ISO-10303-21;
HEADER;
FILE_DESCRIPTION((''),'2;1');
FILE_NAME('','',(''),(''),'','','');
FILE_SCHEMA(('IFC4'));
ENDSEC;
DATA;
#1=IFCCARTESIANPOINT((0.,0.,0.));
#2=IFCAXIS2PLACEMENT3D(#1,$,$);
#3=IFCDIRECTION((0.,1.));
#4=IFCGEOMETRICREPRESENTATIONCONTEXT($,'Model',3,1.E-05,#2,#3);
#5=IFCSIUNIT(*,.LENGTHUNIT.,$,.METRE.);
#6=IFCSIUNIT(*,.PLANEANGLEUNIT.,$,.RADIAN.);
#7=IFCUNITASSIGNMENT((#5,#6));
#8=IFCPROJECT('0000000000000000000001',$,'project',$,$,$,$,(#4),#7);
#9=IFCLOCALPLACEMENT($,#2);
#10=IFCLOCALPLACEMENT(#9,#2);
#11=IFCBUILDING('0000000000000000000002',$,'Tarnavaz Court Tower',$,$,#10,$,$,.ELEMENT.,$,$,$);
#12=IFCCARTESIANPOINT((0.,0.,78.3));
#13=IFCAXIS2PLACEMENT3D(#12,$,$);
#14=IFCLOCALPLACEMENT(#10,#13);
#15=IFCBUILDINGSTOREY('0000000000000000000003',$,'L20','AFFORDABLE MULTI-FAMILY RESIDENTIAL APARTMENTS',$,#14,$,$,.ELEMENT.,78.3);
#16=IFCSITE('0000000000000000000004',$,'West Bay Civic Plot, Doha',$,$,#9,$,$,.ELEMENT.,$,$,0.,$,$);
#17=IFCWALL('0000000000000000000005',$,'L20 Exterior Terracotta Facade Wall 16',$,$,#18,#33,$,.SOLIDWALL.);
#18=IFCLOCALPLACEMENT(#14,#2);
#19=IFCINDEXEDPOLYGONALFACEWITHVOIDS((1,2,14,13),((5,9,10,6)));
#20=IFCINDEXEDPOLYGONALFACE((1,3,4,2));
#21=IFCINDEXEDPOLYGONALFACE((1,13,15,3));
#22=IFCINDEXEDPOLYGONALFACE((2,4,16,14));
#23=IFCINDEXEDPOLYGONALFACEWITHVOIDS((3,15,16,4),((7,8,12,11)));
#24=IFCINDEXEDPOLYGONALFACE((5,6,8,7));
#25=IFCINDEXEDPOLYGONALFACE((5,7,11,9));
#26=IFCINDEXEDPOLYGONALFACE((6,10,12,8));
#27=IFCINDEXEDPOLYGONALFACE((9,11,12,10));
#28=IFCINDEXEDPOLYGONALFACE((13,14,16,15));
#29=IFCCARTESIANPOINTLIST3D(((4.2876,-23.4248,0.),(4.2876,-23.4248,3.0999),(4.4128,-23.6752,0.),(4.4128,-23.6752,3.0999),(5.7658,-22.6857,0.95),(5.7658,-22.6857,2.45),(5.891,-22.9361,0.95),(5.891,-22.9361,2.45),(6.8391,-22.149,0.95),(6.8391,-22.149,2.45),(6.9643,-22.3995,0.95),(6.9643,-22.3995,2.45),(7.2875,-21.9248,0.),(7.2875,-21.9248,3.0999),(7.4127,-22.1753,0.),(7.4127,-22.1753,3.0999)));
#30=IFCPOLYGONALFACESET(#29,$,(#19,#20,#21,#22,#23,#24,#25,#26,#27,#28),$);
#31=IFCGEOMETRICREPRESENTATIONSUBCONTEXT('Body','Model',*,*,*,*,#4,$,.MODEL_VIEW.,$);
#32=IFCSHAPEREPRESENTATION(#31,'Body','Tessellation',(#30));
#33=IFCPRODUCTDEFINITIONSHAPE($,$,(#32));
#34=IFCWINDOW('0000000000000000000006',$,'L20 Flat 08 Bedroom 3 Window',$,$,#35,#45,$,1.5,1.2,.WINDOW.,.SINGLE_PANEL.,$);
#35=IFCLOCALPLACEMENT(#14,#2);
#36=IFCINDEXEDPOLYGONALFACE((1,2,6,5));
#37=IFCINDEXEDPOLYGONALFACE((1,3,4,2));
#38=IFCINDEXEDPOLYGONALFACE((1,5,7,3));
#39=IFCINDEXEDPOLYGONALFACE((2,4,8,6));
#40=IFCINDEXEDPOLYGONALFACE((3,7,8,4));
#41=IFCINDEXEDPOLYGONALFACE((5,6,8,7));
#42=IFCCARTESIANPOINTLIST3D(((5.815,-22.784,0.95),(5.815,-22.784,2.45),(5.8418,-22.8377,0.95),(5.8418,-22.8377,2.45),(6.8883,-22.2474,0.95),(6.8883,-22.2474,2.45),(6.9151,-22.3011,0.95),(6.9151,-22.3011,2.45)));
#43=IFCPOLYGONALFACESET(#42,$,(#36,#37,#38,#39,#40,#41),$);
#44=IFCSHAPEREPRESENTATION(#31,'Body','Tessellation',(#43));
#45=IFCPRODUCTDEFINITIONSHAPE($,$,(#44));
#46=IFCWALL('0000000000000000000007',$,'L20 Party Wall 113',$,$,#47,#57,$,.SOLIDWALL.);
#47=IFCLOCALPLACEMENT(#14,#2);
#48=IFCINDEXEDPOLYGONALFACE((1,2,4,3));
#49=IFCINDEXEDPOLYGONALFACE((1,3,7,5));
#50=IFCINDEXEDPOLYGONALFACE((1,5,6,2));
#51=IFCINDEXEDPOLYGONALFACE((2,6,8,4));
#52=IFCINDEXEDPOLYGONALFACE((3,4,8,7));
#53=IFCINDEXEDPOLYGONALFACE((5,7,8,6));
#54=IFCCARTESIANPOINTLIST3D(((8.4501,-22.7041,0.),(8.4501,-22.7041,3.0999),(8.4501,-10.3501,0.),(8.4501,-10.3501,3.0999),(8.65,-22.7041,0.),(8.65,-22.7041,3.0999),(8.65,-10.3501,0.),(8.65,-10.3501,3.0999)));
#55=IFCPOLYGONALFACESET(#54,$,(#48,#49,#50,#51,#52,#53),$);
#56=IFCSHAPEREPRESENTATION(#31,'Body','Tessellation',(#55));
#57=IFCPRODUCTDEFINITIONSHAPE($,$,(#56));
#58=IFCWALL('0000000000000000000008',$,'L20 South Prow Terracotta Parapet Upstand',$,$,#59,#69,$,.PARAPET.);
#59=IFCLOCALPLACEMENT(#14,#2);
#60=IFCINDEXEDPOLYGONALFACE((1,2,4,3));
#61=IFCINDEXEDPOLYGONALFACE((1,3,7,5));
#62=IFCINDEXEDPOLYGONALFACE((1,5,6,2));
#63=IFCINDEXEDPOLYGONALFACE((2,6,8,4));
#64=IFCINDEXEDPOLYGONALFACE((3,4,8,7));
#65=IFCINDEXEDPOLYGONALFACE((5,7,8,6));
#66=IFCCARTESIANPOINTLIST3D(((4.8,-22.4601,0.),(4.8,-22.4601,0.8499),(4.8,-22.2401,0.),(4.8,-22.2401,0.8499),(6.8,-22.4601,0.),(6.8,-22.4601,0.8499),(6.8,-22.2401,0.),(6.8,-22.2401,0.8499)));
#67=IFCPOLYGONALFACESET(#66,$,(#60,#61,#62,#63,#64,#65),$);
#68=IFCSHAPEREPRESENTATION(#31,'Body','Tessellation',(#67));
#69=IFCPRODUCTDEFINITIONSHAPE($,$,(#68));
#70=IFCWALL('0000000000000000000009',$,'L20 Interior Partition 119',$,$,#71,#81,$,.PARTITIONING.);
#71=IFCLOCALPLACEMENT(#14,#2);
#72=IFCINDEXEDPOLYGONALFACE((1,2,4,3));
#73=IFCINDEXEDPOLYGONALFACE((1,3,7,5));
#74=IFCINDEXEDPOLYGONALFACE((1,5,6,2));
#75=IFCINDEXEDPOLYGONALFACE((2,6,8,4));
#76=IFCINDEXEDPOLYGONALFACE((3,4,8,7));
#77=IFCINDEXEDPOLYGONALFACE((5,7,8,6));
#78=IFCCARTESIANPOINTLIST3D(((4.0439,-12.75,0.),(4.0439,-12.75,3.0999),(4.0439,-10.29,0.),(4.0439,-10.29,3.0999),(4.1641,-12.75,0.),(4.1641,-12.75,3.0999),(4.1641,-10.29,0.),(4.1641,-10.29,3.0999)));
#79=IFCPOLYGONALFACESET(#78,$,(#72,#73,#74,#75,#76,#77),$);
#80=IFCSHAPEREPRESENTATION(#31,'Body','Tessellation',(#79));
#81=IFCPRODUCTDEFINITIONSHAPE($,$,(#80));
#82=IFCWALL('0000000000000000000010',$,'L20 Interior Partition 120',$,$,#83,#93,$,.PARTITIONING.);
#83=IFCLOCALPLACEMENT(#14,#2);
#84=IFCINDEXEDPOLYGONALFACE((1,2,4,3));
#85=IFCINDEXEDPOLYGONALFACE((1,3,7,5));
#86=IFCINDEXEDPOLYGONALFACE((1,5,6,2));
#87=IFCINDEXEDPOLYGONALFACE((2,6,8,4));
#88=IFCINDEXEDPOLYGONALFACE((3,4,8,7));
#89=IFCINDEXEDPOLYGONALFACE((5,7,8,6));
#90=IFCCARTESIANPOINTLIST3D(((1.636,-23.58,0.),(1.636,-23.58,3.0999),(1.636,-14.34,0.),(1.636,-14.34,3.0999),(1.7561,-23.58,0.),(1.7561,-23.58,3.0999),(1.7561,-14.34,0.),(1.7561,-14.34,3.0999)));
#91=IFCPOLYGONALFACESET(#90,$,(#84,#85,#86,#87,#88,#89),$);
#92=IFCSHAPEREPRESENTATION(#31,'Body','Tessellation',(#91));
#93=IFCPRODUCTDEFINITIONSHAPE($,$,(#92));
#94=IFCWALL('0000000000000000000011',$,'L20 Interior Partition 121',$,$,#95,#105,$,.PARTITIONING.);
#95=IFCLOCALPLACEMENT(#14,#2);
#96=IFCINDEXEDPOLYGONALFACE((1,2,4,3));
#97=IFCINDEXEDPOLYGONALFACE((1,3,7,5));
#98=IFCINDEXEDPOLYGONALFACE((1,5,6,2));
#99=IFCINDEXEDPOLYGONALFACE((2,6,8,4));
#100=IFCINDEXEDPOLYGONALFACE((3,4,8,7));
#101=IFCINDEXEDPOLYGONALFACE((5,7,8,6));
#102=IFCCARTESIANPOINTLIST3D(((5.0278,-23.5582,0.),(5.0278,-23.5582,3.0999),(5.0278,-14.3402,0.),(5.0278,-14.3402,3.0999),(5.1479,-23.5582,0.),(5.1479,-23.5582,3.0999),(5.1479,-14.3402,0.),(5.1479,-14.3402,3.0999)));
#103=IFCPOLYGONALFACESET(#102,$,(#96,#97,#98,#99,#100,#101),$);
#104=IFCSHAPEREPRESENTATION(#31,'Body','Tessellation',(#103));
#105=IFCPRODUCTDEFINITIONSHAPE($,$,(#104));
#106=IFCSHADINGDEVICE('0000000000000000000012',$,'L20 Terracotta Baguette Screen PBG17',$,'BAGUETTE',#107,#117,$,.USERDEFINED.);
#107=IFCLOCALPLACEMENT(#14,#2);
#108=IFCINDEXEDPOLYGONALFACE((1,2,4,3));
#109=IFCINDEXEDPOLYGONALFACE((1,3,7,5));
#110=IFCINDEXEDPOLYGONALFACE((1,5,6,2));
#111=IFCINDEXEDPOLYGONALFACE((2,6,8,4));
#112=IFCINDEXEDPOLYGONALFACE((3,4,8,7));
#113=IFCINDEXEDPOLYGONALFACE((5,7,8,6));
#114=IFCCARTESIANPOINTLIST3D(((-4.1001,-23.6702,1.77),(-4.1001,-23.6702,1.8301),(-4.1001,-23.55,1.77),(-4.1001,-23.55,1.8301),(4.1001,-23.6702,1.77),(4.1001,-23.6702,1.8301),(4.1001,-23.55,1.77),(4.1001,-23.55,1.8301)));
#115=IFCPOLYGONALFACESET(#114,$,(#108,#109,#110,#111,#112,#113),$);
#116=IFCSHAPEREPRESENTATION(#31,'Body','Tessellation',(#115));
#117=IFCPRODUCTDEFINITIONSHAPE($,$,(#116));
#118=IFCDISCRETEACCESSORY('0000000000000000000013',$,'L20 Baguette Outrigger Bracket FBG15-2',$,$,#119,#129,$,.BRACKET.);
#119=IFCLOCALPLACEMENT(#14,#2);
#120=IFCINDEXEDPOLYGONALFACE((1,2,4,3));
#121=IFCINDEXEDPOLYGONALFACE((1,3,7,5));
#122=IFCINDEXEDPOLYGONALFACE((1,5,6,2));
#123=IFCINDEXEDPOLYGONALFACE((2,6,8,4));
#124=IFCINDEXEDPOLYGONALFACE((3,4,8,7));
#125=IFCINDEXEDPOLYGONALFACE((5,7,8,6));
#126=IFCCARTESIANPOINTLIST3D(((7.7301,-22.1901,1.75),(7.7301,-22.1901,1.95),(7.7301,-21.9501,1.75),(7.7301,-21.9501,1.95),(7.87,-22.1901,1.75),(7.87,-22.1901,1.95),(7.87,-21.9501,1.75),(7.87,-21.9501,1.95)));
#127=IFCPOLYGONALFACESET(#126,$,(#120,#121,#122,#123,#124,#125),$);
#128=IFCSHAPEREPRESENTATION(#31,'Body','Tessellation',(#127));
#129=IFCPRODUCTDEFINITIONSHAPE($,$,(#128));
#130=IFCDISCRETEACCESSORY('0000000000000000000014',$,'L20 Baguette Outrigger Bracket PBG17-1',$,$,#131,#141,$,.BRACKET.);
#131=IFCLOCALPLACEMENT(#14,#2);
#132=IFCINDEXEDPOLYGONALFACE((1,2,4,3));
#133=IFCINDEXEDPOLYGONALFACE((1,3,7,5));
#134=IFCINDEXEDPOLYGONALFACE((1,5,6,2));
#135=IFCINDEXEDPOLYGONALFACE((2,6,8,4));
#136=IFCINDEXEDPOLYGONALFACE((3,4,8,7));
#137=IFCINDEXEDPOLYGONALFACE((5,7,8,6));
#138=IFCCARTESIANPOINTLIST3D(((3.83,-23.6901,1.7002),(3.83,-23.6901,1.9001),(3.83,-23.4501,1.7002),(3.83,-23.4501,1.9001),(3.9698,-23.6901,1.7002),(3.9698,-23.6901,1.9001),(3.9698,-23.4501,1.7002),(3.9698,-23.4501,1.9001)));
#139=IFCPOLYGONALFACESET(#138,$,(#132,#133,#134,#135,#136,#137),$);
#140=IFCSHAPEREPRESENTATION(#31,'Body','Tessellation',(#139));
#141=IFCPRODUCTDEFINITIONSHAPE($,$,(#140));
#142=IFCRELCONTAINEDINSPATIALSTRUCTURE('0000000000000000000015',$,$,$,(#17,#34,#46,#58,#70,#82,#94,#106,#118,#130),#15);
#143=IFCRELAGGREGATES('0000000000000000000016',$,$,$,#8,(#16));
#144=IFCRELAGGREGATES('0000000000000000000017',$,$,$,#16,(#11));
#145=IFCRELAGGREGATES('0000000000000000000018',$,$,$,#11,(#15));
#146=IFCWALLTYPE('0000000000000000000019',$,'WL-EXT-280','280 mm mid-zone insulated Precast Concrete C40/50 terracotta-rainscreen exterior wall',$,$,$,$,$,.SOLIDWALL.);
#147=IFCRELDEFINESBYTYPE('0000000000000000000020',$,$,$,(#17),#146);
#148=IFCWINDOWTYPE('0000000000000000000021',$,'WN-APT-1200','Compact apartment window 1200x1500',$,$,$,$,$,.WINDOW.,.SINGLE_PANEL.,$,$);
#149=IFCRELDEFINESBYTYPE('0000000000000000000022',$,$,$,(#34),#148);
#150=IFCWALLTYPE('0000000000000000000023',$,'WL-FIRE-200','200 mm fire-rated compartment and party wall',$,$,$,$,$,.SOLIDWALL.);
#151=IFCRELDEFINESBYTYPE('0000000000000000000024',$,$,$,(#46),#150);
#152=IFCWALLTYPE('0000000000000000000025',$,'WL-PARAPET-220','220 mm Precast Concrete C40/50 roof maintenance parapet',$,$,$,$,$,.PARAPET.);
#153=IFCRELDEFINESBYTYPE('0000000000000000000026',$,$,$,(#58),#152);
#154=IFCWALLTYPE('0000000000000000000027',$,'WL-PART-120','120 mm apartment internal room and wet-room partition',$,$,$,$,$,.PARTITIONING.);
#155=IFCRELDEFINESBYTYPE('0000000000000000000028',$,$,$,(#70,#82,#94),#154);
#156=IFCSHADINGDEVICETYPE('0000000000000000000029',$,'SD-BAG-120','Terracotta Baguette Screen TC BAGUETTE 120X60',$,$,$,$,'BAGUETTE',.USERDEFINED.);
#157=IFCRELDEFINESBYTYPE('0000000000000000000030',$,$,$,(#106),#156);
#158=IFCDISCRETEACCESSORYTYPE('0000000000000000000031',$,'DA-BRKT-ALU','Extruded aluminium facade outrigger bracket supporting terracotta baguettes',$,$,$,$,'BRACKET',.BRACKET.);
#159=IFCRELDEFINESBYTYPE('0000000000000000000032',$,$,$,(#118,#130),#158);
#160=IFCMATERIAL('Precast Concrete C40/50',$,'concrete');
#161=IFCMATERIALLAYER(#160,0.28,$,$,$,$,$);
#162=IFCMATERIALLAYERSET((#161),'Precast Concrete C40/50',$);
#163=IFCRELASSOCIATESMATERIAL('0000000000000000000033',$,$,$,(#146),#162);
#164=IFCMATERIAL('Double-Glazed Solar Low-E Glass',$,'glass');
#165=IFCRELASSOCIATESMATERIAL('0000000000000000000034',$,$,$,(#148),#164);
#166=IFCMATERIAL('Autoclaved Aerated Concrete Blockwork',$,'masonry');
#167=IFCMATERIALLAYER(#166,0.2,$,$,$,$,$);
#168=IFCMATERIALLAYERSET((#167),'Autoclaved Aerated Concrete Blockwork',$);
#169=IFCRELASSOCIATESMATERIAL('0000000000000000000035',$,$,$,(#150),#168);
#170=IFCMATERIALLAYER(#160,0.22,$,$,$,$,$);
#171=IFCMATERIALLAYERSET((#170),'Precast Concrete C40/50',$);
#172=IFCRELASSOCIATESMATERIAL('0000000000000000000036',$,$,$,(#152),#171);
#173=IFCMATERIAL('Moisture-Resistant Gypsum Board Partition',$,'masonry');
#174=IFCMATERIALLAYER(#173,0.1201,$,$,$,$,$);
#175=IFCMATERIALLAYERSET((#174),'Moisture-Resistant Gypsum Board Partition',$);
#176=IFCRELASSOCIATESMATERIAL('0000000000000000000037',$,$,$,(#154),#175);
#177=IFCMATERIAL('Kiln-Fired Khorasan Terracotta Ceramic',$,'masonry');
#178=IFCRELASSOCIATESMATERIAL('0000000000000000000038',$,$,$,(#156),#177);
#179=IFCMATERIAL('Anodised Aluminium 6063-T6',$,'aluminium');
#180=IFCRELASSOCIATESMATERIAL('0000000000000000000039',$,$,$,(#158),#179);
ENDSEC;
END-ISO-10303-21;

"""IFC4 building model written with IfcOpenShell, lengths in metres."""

from ifc_helpers import new_model, si_unit, direction, frame, frame_2d, origin, origin_2d, place, context, subcontext, project, spatial, rectangle, extrude, material, layer, layer_set, material_profile, profile_set, type_object, element, fill, save


model = new_model("IFC4")

# Units and contexts
model_context = context("Model", 3, precision=1e-05, world=origin(), true_north=direction((0.0, 1.0)))
body_context = subcontext(model_context, "Body", "Model", "MODEL_VIEW")
ifc_project = project(units=[si_unit("LENGTHUNIT", "METRE"), si_unit("PLANEANGLEUNIT", "RADIAN")], contexts=[model_context])

# Site, building, storey
site_placement = place(None, origin())
site = spatial("IfcSite", under=ifc_project, at=site_placement, Name="West Bay Civic Plot, Doha", CompositionType="ELEMENT", RefElevation=0.0)
building_placement = place(site_placement, origin())
building = spatial("IfcBuilding", under=site, at=building_placement, Name="Tarnavaz Court Tower", CompositionType="ELEMENT")
storey_placement = place(building_placement, frame((0.0, 0.0, 78.3)))
storey = spatial("IfcBuildingStorey", under=building, at=storey_placement, Name="L20", Description="AFFORDABLE MULTI-FAMILY RESIDENTIAL APARTMENTS", CompositionType="ELEMENT", Elevation=78.3)

# Shared definitions
ifc_material_1 = material(Name="Anodised Aluminium 6063-T6", Category="aluminium")
ifc_material_2 = material(Name="Double-Glazed Solar Low-E Glass", Category="glass")

# Wall, opening, window
ifc_material_3 = material(Name="Precast Concrete C40/50", Category="concrete")
ifc_layer_1 = layer(ifc_material_3, 0.28)
ifc_layer_set_1 = layer_set([ifc_layer_1], Name="Precast Concrete C40/50")
wall_type_1 = type_object("IfcWallType", Name="WL-EXT-280", Description="280 mm mid-zone insulated Precast Concrete C40/50 terracotta-rainscreen exterior wall", PredefinedType="SOLIDWALL", material=ifc_layer_set_1)
wall_1_placement = place(storey_placement, frame((7.3501, -22.05, 0.0), z_axis=(0.0, 0.0, 1.0), x_axis=(-0.894427, -0.447214, 0.0)))
wall_1 = element("IfcWall", 1, at=wall_1_placement, inside=storey, type_object=wall_type_1, Name="L20 Exterior Terracotta Facade Wall 16", PredefinedType="SOLIDWALL", context=body_context, shape_type="SweptSolid", body=[
    extrude(rectangle(XDim=3.354, YDim=0.28, at=frame_2d((1.677, 0.0))), origin(), (0.0, 0.0, 1.0), 3.0999),
])
opening_placement = place(wall_1_placement, frame((0.5012, 0.0, 0.95)))
opening = element("IfcOpeningElement", 2, at=opening_placement, cuts=wall_1, PredefinedType="OPENING", context=body_context, shape_type="SweptSolid", body=[
    extrude(rectangle(XDim=1.2, YDim=1.5, at=frame_2d((0.6001, 0.75))), frame((0.0, 0.1499, 0.0), z_axis=(0.0, -1.0, 0.0), x_axis=(1.0, 0.0, 0.0)), (0.0, 0.0, 1.0), 0.3),
])
window_type = type_object("IfcWindowType", Name="WN-APT-1200", Description="Compact apartment window 1200x1500", PartitioningType="SINGLE_PANEL", PredefinedType="WINDOW", material=ifc_material_2)
window_placement = place(opening_placement, origin())
window = element("IfcWindow", 3, at=window_placement, inside=storey, type_object=window_type, Name="L20 Flat 08 Bedroom 3 Window", OverallHeight=1.5, OverallWidth=1.2, PartitioningType="SINGLE_PANEL", PredefinedType="WINDOW", context=body_context, shape_type="SweptSolid", body=[
    extrude(rectangle(XDim=1.2, YDim=1.5, at=frame_2d((0.6001, 0.75))), frame((0.0, 0.03, 0.0), z_axis=(0.0, -1.0, 0.0), x_axis=(1.0, 0.0, 0.0)), (0.0, 0.0, 1.0), 0.0601),
])
fill(opening, window)

# Walls
ifc_material_4 = material(Name="Autoclaved Aerated Concrete Blockwork", Category="masonry")
ifc_layer_2 = layer(ifc_material_4, 0.2)
ifc_layer_set_2 = layer_set([ifc_layer_2], Name="Autoclaved Aerated Concrete Blockwork")
wall_type_2 = type_object("IfcWallType", Name="WL-FIRE-200", Description="200 mm fire-rated compartment and party wall", PredefinedType="SOLIDWALL", material=ifc_layer_set_2)
wall_2_placement = place(storey_placement, frame((8.55, -22.7041, 0.0), z_axis=(0.0, 0.0, 1.0), x_axis=(0.0, 1.0, 0.0)))
element("IfcWall", 4, at=wall_2_placement, inside=storey, type_object=wall_type_2, Name="L20 Party Wall 113", PredefinedType="SOLIDWALL", context=body_context, shape_type="SweptSolid", body=[
    extrude(rectangle(XDim=12.354, YDim=0.2, at=frame_2d((6.177, 0.0))), origin(), (0.0, 0.0, 1.0), 3.0999),
])
ifc_layer_3 = layer(ifc_material_3, 0.22)
ifc_layer_set_3 = layer_set([ifc_layer_3], Name="Precast Concrete C40/50")
wall_type_3 = type_object("IfcWallType", Name="WL-PARAPET-220", Description="220 mm Precast Concrete C40/50 roof maintenance parapet", PredefinedType="PARAPET", material=ifc_layer_set_3)
wall_3_placement = place(storey_placement, frame((4.8, -22.3501, 0.0), z_axis=(0.0, 0.0, 1.0), x_axis=(1.0, 0.0, 0.0)))
element("IfcWall", 5, at=wall_3_placement, inside=storey, type_object=wall_type_3, Name="L20 South Prow Terracotta Parapet Upstand", PredefinedType="PARAPET", context=body_context, shape_type="SweptSolid", body=[
    extrude(rectangle(XDim=2.0, YDim=0.22, at=frame_2d((1.0, 0.0))), origin(), (0.0, 0.0, 1.0), 0.8499),
])
ifc_material_5 = material(Name="Moisture-Resistant Gypsum Board Partition", Category="masonry")
ifc_layer_4 = layer(ifc_material_5, 0.1201)
ifc_layer_set_4 = layer_set([ifc_layer_4], Name="Moisture-Resistant Gypsum Board Partition")
wall_type_4 = type_object("IfcWallType", Name="WL-PART-120", Description="120 mm apartment internal room and wet-room partition", PredefinedType="PARTITIONING", material=ifc_layer_set_4)
wall_4_placement = place(storey_placement, frame((4.104, -12.75, 0.0), z_axis=(0.0, 0.0, 1.0), x_axis=(0.0, 1.0, 0.0)))
element("IfcWall", 6, at=wall_4_placement, inside=storey, type_object=wall_type_4, Name="L20 Interior Partition 119", PredefinedType="PARTITIONING", context=body_context, shape_type="SweptSolid", body=[
    extrude(rectangle(XDim=2.46, YDim=0.1201, at=frame_2d((1.23, 0.0))), origin(), (0.0, 0.0, 1.0), 3.0999),
])
wall_5_placement = place(storey_placement, frame((1.696, -23.5801, 0.0), z_axis=(0.0, 0.0, 1.0), x_axis=(0.0, 1.0, 0.0)))
element("IfcWall", 7, at=wall_5_placement, inside=storey, type_object=wall_type_4, Name="L20 Interior Partition 120", PredefinedType="PARTITIONING", context=body_context, shape_type="SweptSolid", body=[
    extrude(rectangle(XDim=9.24, YDim=0.1201, at=frame_2d((4.6201, 0.0))), origin(), (0.0, 0.0, 1.0), 3.0999),
])
wall_6_placement = place(storey_placement, frame((5.0879, -23.5581, 0.0), z_axis=(0.0, 0.0, 1.0), x_axis=(0.0, 1.0, 0.0)))
element("IfcWall", 8, at=wall_6_placement, inside=storey, type_object=wall_type_4, Name="L20 Interior Partition 121", PredefinedType="PARTITIONING", context=body_context, shape_type="SweptSolid", body=[
    extrude(rectangle(XDim=9.218, YDim=0.1201, at=frame_2d((4.6089, 0.0))), origin(), (0.0, 0.0, 1.0), 3.0999),
])

# Shading device
ifc_material_6 = material(Name="Kiln-Fired Khorasan Terracotta Ceramic", Category="masonry")
ifc_material_profile_1 = material_profile(ifc_material_6, rectangle(XDim=0.1201, YDim=0.0601, at=origin_2d()), Name="TC BAGUETTE 120X60")
ifc_profile_set_1 = profile_set([ifc_material_profile_1], Name="Kiln-Fired Khorasan Terracotta Ceramic")
shading_device_type = type_object("IfcShadingDeviceType", Name="SD-BAG-120", Description="Terracotta Baguette Screen TC BAGUETTE 120X60", ElementType="BAGUETTE", PredefinedType="USERDEFINED", material=ifc_profile_set_1)
shading_device_placement = place(storey_placement, frame((4.1001, -23.6101, 1.8), z_axis=(-1.0, 0.0, 0.0), x_axis=(0.0, -1.0, 0.0)))
element("IfcShadingDevice", 9, at=shading_device_placement, inside=storey, type_object=shading_device_type, Name="L20 Terracotta Baguette Screen PBG17", ObjectType="BAGUETTE", PredefinedType="USERDEFINED", context=body_context, shape_type="SweptSolid", body=[
    extrude(rectangle(XDim=0.1201, YDim=0.0601, at=origin_2d()), origin(), (0.0, 0.0, 1.0), 8.2002),
])

# Discrete accessories
discrete_accessory_type = type_object("IfcDiscreteAccessoryType", Name="DA-BRKT-ALU", Description="Extruded aluminium facade outrigger bracket supporting terracotta baguettes", ElementType="BRACKET", PredefinedType="BRACKET", material=ifc_material_1)
for number, where, z_axis, x_axis, name in (
    (10, (7.8, -22.0701, 1.75), (0.0, 0.0, 1.0), (-1.0, 0.0, 0.0), "L20 Baguette Outrigger Bracket FBG15-2"),
    (11, (3.8999, -23.5701, 1.7002), (0.0, 0.0, 1.0), (-1.0, 0.0, 0.0), "L20 Baguette Outrigger Bracket PBG17-1"),
):
    element("IfcDiscreteAccessory", number, at=place(storey_placement, frame(where, z_axis=z_axis, x_axis=x_axis)), inside=storey, type_object=discrete_accessory_type, Name=name, PredefinedType="BRACKET", context=body_context, shape_type="SweptSolid", body=[
        extrude(rectangle(XDim=0.1399, YDim=0.24, at=origin_2d()), origin(), (0.0, 0.0, 1.0), 0.2),
    ])

save(model, "model.ifc")
